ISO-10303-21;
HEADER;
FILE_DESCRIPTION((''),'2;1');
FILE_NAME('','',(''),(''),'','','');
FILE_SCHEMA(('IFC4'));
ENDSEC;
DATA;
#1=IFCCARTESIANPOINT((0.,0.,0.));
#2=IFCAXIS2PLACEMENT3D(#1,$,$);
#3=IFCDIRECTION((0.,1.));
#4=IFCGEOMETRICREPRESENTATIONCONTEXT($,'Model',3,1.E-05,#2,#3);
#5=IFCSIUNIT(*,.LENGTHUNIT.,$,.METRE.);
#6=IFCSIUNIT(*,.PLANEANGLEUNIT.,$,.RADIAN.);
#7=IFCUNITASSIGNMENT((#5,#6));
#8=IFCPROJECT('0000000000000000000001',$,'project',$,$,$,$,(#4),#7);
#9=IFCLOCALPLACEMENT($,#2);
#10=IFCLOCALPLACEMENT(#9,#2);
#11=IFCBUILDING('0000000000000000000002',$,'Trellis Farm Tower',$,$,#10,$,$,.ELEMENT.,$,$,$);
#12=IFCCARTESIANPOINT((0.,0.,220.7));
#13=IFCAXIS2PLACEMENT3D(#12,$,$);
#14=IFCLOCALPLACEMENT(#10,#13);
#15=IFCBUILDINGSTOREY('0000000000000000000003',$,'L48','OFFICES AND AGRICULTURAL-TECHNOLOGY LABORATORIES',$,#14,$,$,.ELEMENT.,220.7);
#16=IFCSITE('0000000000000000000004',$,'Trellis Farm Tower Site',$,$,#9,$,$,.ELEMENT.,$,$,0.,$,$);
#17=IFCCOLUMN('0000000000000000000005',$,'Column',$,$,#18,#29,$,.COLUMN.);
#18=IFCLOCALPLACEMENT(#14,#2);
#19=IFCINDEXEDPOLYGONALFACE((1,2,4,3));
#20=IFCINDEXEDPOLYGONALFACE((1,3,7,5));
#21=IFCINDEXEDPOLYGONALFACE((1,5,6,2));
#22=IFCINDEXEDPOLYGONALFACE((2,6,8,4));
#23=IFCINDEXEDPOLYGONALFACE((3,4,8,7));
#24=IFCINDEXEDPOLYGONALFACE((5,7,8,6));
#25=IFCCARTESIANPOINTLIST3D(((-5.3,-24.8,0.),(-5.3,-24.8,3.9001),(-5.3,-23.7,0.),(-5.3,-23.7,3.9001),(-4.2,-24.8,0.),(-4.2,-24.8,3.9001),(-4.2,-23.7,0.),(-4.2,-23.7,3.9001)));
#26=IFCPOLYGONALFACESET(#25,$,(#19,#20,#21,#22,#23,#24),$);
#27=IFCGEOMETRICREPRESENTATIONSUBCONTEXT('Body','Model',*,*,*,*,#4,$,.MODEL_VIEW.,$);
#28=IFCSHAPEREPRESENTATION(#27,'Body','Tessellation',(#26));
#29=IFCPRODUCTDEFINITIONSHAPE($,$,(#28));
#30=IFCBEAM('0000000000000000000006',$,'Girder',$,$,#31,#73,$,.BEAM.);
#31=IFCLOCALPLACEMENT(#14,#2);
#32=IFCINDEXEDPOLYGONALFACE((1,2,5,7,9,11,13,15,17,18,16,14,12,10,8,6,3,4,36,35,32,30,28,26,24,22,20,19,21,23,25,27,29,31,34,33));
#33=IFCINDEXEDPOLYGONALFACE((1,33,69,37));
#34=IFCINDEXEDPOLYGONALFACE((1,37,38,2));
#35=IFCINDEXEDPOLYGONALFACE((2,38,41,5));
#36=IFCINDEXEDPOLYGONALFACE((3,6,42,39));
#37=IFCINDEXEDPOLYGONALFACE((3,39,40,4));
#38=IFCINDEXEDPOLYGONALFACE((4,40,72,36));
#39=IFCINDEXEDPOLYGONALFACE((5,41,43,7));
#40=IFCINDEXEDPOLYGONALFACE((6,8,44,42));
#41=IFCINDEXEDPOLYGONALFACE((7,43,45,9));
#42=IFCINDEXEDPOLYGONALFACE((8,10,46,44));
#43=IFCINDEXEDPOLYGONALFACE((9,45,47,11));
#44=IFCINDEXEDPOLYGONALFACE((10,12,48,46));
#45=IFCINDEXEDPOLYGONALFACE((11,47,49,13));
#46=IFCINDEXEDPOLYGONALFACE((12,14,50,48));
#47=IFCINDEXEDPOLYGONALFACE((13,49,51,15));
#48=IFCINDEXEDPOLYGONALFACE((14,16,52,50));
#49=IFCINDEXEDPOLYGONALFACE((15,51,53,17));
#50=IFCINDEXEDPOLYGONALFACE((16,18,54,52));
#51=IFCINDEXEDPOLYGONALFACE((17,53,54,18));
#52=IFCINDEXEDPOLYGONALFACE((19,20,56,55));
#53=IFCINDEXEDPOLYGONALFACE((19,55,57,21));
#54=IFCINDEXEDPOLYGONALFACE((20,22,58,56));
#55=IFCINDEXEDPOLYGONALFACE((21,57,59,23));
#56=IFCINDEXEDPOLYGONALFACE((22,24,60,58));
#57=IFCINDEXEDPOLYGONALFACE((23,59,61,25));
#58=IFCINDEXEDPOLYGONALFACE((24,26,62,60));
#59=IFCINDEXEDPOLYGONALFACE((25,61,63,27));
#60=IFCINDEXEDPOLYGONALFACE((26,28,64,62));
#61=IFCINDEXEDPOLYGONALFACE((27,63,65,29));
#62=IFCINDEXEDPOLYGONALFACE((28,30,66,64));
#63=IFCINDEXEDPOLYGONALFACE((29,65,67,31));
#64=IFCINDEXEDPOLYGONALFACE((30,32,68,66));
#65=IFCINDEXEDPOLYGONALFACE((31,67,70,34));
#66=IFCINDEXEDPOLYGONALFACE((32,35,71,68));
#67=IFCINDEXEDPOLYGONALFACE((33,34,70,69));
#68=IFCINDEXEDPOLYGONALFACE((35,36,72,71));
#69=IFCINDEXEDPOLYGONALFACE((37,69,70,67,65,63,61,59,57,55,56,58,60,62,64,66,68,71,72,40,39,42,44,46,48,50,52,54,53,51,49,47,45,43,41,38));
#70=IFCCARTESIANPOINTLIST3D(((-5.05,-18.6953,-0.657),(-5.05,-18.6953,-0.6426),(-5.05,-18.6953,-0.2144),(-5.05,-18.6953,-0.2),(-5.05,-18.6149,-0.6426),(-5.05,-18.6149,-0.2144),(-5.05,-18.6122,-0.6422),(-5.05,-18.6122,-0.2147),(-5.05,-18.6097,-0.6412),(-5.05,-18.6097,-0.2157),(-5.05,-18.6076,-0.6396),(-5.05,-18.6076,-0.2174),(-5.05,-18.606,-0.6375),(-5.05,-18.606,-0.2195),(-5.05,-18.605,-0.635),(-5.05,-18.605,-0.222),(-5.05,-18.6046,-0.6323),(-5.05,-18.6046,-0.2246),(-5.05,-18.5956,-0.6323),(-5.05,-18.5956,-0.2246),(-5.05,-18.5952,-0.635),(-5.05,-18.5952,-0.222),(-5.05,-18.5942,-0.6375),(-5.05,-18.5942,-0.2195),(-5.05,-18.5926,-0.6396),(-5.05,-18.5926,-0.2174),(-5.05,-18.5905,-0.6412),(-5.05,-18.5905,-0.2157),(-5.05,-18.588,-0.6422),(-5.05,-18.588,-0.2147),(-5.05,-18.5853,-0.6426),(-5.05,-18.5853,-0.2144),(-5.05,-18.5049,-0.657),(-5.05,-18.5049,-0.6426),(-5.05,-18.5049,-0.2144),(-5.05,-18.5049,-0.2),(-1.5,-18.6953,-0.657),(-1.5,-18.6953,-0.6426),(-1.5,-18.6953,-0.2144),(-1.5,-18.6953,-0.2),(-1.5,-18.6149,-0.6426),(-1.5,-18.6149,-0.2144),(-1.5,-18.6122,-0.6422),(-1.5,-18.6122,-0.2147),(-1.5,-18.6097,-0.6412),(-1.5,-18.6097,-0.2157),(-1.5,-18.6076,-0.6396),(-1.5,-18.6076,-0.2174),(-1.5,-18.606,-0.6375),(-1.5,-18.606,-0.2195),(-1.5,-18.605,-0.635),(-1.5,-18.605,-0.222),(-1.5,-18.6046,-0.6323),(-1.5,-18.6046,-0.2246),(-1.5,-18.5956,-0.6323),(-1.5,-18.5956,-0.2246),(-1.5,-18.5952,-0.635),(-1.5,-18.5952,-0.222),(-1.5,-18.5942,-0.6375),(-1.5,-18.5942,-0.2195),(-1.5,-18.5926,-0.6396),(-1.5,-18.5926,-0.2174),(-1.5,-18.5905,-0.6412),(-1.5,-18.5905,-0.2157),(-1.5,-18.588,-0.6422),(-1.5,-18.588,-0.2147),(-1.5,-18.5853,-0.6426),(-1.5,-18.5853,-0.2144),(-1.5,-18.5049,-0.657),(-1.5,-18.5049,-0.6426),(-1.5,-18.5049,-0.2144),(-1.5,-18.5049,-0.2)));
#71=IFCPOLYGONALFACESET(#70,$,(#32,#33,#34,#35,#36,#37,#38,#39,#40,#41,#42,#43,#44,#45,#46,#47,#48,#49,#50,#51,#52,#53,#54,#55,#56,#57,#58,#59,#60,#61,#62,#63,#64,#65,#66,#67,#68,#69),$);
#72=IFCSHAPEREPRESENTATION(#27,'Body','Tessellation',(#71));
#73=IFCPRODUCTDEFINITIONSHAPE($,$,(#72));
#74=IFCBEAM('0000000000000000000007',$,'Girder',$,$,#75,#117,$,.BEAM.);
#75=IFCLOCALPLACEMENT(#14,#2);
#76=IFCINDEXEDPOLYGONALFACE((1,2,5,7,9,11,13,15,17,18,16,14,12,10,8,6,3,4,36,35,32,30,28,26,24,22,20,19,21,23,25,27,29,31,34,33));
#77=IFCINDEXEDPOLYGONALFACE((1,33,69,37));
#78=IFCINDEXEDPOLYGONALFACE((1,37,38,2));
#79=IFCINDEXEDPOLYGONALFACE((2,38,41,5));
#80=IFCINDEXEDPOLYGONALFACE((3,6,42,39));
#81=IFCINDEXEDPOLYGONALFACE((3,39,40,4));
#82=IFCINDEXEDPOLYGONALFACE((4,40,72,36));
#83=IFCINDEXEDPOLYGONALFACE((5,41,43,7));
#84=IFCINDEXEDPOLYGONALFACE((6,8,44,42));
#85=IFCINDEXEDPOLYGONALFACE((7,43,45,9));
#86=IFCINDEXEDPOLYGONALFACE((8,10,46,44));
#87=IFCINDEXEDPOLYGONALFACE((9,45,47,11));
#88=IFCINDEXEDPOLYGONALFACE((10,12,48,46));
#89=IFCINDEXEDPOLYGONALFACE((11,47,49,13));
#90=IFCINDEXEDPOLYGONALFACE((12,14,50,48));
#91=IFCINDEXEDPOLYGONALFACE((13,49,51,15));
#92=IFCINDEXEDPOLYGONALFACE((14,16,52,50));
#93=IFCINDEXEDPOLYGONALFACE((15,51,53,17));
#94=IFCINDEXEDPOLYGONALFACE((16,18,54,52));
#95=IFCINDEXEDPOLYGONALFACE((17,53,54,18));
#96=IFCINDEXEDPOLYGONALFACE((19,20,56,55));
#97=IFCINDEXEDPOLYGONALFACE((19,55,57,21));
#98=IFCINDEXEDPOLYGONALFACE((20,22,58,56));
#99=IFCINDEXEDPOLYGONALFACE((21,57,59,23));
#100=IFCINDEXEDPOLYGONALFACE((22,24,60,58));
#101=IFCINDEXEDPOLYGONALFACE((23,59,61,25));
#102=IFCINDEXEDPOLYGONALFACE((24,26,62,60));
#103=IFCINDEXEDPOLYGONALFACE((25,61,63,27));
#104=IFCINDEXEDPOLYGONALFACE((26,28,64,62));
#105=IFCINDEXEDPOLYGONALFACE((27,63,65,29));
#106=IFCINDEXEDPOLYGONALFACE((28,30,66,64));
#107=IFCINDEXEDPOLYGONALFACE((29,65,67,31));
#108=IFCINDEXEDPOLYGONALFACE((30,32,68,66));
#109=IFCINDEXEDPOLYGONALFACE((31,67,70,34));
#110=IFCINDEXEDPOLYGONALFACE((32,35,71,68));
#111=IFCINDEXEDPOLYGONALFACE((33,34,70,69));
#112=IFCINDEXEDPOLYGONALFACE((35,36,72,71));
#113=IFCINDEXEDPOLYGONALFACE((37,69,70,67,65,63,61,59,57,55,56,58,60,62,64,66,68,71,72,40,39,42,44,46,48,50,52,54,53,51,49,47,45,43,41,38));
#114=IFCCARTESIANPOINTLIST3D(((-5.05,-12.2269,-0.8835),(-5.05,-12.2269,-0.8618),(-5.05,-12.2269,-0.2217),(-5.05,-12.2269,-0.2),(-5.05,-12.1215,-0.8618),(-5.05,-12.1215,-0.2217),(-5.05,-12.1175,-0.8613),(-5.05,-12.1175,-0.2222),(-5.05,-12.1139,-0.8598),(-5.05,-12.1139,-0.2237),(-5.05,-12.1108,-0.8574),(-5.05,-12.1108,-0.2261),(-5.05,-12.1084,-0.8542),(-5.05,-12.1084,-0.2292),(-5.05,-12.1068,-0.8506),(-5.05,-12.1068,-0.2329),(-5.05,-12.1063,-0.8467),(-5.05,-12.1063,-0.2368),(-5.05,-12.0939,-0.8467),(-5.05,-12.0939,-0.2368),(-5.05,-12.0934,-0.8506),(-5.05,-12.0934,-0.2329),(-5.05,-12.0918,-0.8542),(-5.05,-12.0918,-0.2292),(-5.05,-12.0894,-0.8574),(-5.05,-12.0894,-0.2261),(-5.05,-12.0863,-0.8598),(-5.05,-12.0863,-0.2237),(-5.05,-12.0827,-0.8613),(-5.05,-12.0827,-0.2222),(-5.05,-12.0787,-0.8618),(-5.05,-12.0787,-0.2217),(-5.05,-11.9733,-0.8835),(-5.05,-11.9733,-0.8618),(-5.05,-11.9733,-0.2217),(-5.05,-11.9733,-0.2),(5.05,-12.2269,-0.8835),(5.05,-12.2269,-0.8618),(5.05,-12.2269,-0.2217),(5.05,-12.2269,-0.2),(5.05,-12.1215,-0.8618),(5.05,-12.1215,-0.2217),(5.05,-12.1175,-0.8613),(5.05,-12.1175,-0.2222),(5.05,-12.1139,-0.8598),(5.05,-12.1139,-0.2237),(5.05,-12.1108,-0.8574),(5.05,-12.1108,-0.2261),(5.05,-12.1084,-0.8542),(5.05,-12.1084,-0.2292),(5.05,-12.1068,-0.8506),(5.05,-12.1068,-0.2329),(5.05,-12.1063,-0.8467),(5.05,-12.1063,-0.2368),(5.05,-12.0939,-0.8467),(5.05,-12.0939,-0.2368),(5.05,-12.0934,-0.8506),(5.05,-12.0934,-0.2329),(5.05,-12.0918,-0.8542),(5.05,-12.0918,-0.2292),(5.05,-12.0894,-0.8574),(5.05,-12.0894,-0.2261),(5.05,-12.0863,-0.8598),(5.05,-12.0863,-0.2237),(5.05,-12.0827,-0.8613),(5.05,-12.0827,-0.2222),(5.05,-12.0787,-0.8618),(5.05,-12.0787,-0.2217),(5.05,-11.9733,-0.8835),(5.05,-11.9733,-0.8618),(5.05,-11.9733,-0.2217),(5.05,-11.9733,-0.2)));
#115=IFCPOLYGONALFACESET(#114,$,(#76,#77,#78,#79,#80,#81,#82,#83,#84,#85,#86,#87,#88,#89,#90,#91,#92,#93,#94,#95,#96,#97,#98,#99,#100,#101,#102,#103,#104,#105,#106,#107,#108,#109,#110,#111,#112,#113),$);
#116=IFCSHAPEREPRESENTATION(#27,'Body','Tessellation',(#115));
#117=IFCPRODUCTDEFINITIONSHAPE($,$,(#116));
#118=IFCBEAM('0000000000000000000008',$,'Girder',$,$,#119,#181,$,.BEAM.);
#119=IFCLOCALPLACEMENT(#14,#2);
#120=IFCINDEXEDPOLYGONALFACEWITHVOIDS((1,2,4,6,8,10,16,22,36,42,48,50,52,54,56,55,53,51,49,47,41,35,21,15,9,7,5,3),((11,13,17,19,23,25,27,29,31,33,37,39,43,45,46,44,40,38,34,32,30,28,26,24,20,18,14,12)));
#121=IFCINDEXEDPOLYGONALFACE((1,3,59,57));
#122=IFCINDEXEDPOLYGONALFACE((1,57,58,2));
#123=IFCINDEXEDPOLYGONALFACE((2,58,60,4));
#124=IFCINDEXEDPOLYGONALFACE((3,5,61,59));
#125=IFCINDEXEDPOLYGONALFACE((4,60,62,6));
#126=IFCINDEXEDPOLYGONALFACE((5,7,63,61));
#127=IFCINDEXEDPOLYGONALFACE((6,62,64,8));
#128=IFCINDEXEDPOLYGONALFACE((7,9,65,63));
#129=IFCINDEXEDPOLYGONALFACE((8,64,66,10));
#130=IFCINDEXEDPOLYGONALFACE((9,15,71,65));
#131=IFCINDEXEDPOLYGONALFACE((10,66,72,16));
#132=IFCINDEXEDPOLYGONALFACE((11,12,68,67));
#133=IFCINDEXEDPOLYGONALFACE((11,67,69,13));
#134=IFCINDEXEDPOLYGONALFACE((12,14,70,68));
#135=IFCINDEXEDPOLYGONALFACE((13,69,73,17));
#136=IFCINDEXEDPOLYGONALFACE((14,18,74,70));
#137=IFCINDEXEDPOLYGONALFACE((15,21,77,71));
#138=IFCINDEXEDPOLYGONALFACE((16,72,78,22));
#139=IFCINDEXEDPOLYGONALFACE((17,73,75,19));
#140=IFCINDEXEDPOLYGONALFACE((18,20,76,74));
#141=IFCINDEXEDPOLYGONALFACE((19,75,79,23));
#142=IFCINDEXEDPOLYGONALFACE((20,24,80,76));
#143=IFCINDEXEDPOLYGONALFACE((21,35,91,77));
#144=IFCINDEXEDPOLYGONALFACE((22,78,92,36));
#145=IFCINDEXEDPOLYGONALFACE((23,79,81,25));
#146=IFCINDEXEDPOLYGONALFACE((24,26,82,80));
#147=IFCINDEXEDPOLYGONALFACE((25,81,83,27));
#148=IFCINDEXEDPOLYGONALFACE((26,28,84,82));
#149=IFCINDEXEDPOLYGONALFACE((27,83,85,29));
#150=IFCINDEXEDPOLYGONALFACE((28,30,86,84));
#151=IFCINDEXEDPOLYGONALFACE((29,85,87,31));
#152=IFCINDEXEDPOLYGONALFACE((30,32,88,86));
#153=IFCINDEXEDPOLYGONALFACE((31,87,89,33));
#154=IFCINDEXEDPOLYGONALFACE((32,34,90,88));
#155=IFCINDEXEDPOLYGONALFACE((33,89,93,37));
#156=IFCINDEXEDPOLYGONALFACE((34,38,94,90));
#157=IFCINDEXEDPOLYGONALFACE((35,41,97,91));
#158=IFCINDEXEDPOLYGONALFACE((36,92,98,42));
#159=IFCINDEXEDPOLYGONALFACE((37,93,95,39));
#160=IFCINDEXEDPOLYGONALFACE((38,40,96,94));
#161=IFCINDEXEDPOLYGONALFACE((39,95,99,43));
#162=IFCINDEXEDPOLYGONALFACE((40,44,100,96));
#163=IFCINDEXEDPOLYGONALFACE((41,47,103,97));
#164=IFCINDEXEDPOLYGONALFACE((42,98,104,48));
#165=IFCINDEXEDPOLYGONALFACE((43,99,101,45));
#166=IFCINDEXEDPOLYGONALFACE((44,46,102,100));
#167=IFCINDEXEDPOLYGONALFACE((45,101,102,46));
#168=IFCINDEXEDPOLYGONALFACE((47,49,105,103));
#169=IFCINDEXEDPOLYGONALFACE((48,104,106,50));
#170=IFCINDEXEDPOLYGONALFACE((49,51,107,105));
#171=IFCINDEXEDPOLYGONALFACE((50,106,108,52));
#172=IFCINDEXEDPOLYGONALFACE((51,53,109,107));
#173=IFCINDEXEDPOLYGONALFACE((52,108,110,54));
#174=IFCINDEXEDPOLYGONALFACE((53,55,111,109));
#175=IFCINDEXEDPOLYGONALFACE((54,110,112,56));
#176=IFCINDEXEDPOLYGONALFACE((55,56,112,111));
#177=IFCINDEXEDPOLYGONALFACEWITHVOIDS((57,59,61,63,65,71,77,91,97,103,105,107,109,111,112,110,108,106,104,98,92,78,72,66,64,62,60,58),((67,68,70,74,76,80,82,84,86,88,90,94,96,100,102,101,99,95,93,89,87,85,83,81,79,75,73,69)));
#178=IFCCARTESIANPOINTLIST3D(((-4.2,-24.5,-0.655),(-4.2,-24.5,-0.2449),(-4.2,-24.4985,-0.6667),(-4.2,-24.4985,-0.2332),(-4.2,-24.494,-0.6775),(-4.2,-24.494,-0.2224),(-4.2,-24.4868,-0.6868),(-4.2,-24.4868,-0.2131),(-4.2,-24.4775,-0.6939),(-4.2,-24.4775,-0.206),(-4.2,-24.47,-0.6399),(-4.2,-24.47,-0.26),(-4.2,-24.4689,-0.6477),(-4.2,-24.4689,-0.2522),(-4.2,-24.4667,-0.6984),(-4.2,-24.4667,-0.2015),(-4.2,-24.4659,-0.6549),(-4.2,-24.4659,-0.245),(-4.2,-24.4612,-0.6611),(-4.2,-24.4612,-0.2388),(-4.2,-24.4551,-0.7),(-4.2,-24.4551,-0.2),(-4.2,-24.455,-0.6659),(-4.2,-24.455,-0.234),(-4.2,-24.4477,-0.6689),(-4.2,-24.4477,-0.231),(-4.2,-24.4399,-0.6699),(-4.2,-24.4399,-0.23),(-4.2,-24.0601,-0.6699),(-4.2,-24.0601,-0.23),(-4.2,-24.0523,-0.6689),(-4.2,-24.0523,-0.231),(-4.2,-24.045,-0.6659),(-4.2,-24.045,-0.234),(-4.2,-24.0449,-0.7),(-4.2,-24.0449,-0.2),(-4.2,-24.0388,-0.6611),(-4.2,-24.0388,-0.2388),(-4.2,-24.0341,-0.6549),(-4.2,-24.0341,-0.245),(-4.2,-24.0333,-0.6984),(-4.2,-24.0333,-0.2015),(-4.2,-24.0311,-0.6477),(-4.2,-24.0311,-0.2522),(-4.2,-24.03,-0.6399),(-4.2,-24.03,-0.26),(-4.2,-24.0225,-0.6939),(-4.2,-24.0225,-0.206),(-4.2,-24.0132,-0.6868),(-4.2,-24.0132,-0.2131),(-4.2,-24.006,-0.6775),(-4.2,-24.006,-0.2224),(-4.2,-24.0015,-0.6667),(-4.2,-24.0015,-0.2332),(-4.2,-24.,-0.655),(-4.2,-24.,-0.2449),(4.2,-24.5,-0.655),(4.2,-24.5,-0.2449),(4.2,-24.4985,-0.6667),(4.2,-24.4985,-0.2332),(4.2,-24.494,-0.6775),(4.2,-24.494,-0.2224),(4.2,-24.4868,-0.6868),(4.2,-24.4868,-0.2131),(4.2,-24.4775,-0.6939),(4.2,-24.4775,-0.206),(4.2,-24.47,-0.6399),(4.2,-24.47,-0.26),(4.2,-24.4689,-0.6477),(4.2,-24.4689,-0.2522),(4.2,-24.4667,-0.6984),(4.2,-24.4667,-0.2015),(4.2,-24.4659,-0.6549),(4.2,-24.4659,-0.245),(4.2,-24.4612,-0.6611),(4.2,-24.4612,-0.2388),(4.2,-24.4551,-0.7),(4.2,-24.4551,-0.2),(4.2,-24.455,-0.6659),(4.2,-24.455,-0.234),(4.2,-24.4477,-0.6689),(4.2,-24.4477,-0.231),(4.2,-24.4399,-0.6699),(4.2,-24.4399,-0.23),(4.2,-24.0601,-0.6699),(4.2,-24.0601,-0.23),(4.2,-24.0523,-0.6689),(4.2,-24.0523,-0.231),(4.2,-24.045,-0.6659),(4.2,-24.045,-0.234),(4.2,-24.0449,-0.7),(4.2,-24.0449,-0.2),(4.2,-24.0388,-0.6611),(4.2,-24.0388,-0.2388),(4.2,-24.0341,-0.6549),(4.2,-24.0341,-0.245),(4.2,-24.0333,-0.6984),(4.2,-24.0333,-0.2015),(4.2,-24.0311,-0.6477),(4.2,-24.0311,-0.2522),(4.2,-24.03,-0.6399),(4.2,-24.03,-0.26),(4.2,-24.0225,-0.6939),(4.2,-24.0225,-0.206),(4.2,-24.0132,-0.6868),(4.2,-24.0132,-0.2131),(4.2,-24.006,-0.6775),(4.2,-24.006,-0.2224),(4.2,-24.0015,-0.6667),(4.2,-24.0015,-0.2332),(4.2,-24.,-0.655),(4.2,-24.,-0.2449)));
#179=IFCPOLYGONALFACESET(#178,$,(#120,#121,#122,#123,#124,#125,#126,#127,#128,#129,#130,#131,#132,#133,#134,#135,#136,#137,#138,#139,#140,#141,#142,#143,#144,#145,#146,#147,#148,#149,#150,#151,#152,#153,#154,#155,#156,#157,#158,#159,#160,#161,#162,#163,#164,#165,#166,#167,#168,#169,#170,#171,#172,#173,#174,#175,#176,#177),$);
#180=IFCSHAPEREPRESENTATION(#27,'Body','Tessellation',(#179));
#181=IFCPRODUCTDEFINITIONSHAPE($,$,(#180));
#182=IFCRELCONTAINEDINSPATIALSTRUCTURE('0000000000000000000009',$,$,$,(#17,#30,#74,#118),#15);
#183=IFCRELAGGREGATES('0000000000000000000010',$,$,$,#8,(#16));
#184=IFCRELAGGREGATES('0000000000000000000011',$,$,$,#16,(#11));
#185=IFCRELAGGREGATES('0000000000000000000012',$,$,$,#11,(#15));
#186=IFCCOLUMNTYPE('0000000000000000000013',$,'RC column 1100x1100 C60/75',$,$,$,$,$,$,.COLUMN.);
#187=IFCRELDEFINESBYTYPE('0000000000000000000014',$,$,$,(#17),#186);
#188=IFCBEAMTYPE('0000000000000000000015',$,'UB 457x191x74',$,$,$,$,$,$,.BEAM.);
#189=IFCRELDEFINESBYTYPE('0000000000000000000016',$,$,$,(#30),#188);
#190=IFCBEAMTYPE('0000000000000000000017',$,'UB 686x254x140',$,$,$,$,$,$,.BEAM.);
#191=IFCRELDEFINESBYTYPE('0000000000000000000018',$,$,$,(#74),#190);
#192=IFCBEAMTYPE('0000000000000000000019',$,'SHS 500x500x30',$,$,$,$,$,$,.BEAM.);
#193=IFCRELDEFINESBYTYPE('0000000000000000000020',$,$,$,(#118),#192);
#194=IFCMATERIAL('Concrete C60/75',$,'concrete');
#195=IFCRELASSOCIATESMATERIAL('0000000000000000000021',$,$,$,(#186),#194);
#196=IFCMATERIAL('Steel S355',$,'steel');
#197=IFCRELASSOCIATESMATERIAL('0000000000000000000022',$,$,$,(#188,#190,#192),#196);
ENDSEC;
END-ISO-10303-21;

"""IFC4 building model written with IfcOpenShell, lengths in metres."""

from ifc_helpers import new_model, si_unit, direction, frame, origin, origin_2d, place, context, subcontext, project, spatial, rectangle, hollow_rectangle, i_section, extrude, source, transform, mapped, material, material_profile, profile_set, type_object, element, save


model = new_model("IFC4")

# Units and contexts
model_context = context("Model", 3, precision=1e-05, world=origin(), true_north=direction((0.0, 1.0)))
body_context = subcontext(model_context, "Body", "Model", "MODEL_VIEW")
ifc_project = project(units=[si_unit("LENGTHUNIT", "METRE"), si_unit("PLANEANGLEUNIT", "RADIAN")], contexts=[model_context])

# Site, building, storey
site_placement = place(None, origin())
site = spatial("IfcSite", under=ifc_project, at=site_placement, Name="Trellis Farm Tower Site", CompositionType="ELEMENT", RefElevation=0.0)
building_placement = place(site_placement, origin())
building = spatial("IfcBuilding", under=site, at=building_placement, Name="Trellis Farm Tower", CompositionType="ELEMENT")
storey_placement = place(building_placement, frame((0.0, 0.0, 220.7)))
storey = spatial("IfcBuildingStorey", under=building, at=storey_placement, Name="L48", Description="OFFICES AND AGRICULTURAL-TECHNOLOGY LABORATORIES", CompositionType="ELEMENT", Elevation=220.7)

# Column
ifc_material_1 = material(Name="Concrete C60/75", Category="concrete")
ifc_material_profile_1 = material_profile(ifc_material_1, rectangle(XDim=1.1001, YDim=1.1001, at=origin_2d()), Name="RC column 1100x1100 C60/75")
ifc_profile_set_1 = profile_set([ifc_material_profile_1], Name="Concrete C60/75")
column_type = type_object("IfcColumnType", Name="RC column 1100x1100 C60/75", PredefinedType="COLUMN", material=ifc_profile_set_1)
shared_shape_1 = source(origin(), body_context, "Body", "SweptSolid", [
    extrude(rectangle(XDim=1.1001, YDim=1.1001, at=origin_2d()), origin(), (0.0, 0.0, 1.0), 3.9001),
])
column_placement = place(storey_placement, frame((-4.75, -24.25, 0.0), z_axis=(0.0, 0.0, 1.0), x_axis=(1.0, 0.0, 0.0)))
element("IfcColumn", 1, at=column_placement, inside=storey, type_object=column_type, Name="Column", PredefinedType="COLUMN", context=body_context, shape_type="MappedRepresentation", body=[
    mapped(shared_shape_1, transform((0.0, 0.0, 0.0))),
])

# Beams
ifc_material_2 = material(Name="Steel S355", Category="steel")
ifc_material_profile_2 = material_profile(ifc_material_2, i_section(OverallWidth=0.1904, OverallDepth=0.457, WebThickness=0.009, FlangeThickness=0.0144, FilletRadius=0.0103, at=origin_2d()), Name="UB 457x191x74")
ifc_profile_set_2 = profile_set([ifc_material_profile_2], Name="Steel S355")
beam_type_1 = type_object("IfcBeamType", Name="UB 457x191x74", PredefinedType="BEAM", material=ifc_profile_set_2)
shared_shape_2 = source(origin(), body_context, "Body", "SweptSolid", [
    extrude(i_section(OverallWidth=0.1904, OverallDepth=0.457, WebThickness=0.009, FlangeThickness=0.0144, FilletRadius=0.0103, at=origin_2d()), origin(), (0.0, 0.0, 1.0), 3.55),
])
beam_1_placement = place(storey_placement, frame((-5.05, -18.6001, -0.4285), z_axis=(1.0, 0.0, 0.0), x_axis=(0.0, 1.0, 0.0)))
element("IfcBeam", 2, at=beam_1_placement, inside=storey, type_object=beam_type_1, Name="Girder", PredefinedType="BEAM", context=body_context, shape_type="MappedRepresentation", body=[
    mapped(shared_shape_2, transform((0.0, 0.0, 0.0))),
])
ifc_material_profile_3 = material_profile(ifc_material_2, i_section(OverallWidth=0.2537, OverallDepth=0.6836, WebThickness=0.0125, FlangeThickness=0.0217, FilletRadius=0.0151, at=origin_2d()), Name="UB 686x254x140")
ifc_profile_set_3 = profile_set([ifc_material_profile_3], Name="Steel S355")
beam_type_2 = type_object("IfcBeamType", Name="UB 686x254x140", PredefinedType="BEAM", material=ifc_profile_set_3)
shared_shape_3 = source(origin(), body_context, "Body", "SweptSolid", [
    extrude(i_section(OverallWidth=0.2537, OverallDepth=0.6836, WebThickness=0.0125, FlangeThickness=0.0217, FilletRadius=0.0151, at=origin_2d()), origin(), (0.0, 0.0, 1.0), 10.1001),
])
beam_2_placement = place(storey_placement, frame((-5.05, -12.1001, -0.5417), z_axis=(1.0, 0.0, 0.0), x_axis=(0.0, 1.0, 0.0)))
element("IfcBeam", 3, at=beam_2_placement, inside=storey, type_object=beam_type_2, Name="Girder", PredefinedType="BEAM", context=body_context, shape_type="MappedRepresentation", body=[
    mapped(shared_shape_3, transform((0.0, 0.0, 0.0))),
])
ifc_material_profile_4 = material_profile(ifc_material_2, hollow_rectangle(XDim=0.5, YDim=0.5, WallThickness=0.03, InnerFilletRadius=0.03, OuterFilletRadius=0.0449, at=origin_2d()), Name="SHS 500x500x30")
ifc_profile_set_4 = profile_set([ifc_material_profile_4], Name="Steel S355")
beam_type_3 = type_object("IfcBeamType", Name="SHS 500x500x30", PredefinedType="BEAM", material=ifc_profile_set_4)
shared_shape_4 = source(origin(), body_context, "Body", "SweptSolid", [
    extrude(hollow_rectangle(XDim=0.5, YDim=0.5, WallThickness=0.03, InnerFilletRadius=0.03, OuterFilletRadius=0.0449, at=origin_2d()), origin(), (0.0, 0.0, 1.0), 8.3999),
])
beam_3_placement = place(storey_placement, frame((-4.2, -24.25, -0.45), z_axis=(1.0, 0.0, 0.0), x_axis=(0.0, 1.0, 0.0)))
element("IfcBeam", 4, at=beam_3_placement, inside=storey, type_object=beam_type_3, Name="Girder", PredefinedType="BEAM", context=body_context, shape_type="MappedRepresentation", body=[
    mapped(shared_shape_4, transform((0.0, 0.0, 0.0))),
])

save(model, "model.ifc")
